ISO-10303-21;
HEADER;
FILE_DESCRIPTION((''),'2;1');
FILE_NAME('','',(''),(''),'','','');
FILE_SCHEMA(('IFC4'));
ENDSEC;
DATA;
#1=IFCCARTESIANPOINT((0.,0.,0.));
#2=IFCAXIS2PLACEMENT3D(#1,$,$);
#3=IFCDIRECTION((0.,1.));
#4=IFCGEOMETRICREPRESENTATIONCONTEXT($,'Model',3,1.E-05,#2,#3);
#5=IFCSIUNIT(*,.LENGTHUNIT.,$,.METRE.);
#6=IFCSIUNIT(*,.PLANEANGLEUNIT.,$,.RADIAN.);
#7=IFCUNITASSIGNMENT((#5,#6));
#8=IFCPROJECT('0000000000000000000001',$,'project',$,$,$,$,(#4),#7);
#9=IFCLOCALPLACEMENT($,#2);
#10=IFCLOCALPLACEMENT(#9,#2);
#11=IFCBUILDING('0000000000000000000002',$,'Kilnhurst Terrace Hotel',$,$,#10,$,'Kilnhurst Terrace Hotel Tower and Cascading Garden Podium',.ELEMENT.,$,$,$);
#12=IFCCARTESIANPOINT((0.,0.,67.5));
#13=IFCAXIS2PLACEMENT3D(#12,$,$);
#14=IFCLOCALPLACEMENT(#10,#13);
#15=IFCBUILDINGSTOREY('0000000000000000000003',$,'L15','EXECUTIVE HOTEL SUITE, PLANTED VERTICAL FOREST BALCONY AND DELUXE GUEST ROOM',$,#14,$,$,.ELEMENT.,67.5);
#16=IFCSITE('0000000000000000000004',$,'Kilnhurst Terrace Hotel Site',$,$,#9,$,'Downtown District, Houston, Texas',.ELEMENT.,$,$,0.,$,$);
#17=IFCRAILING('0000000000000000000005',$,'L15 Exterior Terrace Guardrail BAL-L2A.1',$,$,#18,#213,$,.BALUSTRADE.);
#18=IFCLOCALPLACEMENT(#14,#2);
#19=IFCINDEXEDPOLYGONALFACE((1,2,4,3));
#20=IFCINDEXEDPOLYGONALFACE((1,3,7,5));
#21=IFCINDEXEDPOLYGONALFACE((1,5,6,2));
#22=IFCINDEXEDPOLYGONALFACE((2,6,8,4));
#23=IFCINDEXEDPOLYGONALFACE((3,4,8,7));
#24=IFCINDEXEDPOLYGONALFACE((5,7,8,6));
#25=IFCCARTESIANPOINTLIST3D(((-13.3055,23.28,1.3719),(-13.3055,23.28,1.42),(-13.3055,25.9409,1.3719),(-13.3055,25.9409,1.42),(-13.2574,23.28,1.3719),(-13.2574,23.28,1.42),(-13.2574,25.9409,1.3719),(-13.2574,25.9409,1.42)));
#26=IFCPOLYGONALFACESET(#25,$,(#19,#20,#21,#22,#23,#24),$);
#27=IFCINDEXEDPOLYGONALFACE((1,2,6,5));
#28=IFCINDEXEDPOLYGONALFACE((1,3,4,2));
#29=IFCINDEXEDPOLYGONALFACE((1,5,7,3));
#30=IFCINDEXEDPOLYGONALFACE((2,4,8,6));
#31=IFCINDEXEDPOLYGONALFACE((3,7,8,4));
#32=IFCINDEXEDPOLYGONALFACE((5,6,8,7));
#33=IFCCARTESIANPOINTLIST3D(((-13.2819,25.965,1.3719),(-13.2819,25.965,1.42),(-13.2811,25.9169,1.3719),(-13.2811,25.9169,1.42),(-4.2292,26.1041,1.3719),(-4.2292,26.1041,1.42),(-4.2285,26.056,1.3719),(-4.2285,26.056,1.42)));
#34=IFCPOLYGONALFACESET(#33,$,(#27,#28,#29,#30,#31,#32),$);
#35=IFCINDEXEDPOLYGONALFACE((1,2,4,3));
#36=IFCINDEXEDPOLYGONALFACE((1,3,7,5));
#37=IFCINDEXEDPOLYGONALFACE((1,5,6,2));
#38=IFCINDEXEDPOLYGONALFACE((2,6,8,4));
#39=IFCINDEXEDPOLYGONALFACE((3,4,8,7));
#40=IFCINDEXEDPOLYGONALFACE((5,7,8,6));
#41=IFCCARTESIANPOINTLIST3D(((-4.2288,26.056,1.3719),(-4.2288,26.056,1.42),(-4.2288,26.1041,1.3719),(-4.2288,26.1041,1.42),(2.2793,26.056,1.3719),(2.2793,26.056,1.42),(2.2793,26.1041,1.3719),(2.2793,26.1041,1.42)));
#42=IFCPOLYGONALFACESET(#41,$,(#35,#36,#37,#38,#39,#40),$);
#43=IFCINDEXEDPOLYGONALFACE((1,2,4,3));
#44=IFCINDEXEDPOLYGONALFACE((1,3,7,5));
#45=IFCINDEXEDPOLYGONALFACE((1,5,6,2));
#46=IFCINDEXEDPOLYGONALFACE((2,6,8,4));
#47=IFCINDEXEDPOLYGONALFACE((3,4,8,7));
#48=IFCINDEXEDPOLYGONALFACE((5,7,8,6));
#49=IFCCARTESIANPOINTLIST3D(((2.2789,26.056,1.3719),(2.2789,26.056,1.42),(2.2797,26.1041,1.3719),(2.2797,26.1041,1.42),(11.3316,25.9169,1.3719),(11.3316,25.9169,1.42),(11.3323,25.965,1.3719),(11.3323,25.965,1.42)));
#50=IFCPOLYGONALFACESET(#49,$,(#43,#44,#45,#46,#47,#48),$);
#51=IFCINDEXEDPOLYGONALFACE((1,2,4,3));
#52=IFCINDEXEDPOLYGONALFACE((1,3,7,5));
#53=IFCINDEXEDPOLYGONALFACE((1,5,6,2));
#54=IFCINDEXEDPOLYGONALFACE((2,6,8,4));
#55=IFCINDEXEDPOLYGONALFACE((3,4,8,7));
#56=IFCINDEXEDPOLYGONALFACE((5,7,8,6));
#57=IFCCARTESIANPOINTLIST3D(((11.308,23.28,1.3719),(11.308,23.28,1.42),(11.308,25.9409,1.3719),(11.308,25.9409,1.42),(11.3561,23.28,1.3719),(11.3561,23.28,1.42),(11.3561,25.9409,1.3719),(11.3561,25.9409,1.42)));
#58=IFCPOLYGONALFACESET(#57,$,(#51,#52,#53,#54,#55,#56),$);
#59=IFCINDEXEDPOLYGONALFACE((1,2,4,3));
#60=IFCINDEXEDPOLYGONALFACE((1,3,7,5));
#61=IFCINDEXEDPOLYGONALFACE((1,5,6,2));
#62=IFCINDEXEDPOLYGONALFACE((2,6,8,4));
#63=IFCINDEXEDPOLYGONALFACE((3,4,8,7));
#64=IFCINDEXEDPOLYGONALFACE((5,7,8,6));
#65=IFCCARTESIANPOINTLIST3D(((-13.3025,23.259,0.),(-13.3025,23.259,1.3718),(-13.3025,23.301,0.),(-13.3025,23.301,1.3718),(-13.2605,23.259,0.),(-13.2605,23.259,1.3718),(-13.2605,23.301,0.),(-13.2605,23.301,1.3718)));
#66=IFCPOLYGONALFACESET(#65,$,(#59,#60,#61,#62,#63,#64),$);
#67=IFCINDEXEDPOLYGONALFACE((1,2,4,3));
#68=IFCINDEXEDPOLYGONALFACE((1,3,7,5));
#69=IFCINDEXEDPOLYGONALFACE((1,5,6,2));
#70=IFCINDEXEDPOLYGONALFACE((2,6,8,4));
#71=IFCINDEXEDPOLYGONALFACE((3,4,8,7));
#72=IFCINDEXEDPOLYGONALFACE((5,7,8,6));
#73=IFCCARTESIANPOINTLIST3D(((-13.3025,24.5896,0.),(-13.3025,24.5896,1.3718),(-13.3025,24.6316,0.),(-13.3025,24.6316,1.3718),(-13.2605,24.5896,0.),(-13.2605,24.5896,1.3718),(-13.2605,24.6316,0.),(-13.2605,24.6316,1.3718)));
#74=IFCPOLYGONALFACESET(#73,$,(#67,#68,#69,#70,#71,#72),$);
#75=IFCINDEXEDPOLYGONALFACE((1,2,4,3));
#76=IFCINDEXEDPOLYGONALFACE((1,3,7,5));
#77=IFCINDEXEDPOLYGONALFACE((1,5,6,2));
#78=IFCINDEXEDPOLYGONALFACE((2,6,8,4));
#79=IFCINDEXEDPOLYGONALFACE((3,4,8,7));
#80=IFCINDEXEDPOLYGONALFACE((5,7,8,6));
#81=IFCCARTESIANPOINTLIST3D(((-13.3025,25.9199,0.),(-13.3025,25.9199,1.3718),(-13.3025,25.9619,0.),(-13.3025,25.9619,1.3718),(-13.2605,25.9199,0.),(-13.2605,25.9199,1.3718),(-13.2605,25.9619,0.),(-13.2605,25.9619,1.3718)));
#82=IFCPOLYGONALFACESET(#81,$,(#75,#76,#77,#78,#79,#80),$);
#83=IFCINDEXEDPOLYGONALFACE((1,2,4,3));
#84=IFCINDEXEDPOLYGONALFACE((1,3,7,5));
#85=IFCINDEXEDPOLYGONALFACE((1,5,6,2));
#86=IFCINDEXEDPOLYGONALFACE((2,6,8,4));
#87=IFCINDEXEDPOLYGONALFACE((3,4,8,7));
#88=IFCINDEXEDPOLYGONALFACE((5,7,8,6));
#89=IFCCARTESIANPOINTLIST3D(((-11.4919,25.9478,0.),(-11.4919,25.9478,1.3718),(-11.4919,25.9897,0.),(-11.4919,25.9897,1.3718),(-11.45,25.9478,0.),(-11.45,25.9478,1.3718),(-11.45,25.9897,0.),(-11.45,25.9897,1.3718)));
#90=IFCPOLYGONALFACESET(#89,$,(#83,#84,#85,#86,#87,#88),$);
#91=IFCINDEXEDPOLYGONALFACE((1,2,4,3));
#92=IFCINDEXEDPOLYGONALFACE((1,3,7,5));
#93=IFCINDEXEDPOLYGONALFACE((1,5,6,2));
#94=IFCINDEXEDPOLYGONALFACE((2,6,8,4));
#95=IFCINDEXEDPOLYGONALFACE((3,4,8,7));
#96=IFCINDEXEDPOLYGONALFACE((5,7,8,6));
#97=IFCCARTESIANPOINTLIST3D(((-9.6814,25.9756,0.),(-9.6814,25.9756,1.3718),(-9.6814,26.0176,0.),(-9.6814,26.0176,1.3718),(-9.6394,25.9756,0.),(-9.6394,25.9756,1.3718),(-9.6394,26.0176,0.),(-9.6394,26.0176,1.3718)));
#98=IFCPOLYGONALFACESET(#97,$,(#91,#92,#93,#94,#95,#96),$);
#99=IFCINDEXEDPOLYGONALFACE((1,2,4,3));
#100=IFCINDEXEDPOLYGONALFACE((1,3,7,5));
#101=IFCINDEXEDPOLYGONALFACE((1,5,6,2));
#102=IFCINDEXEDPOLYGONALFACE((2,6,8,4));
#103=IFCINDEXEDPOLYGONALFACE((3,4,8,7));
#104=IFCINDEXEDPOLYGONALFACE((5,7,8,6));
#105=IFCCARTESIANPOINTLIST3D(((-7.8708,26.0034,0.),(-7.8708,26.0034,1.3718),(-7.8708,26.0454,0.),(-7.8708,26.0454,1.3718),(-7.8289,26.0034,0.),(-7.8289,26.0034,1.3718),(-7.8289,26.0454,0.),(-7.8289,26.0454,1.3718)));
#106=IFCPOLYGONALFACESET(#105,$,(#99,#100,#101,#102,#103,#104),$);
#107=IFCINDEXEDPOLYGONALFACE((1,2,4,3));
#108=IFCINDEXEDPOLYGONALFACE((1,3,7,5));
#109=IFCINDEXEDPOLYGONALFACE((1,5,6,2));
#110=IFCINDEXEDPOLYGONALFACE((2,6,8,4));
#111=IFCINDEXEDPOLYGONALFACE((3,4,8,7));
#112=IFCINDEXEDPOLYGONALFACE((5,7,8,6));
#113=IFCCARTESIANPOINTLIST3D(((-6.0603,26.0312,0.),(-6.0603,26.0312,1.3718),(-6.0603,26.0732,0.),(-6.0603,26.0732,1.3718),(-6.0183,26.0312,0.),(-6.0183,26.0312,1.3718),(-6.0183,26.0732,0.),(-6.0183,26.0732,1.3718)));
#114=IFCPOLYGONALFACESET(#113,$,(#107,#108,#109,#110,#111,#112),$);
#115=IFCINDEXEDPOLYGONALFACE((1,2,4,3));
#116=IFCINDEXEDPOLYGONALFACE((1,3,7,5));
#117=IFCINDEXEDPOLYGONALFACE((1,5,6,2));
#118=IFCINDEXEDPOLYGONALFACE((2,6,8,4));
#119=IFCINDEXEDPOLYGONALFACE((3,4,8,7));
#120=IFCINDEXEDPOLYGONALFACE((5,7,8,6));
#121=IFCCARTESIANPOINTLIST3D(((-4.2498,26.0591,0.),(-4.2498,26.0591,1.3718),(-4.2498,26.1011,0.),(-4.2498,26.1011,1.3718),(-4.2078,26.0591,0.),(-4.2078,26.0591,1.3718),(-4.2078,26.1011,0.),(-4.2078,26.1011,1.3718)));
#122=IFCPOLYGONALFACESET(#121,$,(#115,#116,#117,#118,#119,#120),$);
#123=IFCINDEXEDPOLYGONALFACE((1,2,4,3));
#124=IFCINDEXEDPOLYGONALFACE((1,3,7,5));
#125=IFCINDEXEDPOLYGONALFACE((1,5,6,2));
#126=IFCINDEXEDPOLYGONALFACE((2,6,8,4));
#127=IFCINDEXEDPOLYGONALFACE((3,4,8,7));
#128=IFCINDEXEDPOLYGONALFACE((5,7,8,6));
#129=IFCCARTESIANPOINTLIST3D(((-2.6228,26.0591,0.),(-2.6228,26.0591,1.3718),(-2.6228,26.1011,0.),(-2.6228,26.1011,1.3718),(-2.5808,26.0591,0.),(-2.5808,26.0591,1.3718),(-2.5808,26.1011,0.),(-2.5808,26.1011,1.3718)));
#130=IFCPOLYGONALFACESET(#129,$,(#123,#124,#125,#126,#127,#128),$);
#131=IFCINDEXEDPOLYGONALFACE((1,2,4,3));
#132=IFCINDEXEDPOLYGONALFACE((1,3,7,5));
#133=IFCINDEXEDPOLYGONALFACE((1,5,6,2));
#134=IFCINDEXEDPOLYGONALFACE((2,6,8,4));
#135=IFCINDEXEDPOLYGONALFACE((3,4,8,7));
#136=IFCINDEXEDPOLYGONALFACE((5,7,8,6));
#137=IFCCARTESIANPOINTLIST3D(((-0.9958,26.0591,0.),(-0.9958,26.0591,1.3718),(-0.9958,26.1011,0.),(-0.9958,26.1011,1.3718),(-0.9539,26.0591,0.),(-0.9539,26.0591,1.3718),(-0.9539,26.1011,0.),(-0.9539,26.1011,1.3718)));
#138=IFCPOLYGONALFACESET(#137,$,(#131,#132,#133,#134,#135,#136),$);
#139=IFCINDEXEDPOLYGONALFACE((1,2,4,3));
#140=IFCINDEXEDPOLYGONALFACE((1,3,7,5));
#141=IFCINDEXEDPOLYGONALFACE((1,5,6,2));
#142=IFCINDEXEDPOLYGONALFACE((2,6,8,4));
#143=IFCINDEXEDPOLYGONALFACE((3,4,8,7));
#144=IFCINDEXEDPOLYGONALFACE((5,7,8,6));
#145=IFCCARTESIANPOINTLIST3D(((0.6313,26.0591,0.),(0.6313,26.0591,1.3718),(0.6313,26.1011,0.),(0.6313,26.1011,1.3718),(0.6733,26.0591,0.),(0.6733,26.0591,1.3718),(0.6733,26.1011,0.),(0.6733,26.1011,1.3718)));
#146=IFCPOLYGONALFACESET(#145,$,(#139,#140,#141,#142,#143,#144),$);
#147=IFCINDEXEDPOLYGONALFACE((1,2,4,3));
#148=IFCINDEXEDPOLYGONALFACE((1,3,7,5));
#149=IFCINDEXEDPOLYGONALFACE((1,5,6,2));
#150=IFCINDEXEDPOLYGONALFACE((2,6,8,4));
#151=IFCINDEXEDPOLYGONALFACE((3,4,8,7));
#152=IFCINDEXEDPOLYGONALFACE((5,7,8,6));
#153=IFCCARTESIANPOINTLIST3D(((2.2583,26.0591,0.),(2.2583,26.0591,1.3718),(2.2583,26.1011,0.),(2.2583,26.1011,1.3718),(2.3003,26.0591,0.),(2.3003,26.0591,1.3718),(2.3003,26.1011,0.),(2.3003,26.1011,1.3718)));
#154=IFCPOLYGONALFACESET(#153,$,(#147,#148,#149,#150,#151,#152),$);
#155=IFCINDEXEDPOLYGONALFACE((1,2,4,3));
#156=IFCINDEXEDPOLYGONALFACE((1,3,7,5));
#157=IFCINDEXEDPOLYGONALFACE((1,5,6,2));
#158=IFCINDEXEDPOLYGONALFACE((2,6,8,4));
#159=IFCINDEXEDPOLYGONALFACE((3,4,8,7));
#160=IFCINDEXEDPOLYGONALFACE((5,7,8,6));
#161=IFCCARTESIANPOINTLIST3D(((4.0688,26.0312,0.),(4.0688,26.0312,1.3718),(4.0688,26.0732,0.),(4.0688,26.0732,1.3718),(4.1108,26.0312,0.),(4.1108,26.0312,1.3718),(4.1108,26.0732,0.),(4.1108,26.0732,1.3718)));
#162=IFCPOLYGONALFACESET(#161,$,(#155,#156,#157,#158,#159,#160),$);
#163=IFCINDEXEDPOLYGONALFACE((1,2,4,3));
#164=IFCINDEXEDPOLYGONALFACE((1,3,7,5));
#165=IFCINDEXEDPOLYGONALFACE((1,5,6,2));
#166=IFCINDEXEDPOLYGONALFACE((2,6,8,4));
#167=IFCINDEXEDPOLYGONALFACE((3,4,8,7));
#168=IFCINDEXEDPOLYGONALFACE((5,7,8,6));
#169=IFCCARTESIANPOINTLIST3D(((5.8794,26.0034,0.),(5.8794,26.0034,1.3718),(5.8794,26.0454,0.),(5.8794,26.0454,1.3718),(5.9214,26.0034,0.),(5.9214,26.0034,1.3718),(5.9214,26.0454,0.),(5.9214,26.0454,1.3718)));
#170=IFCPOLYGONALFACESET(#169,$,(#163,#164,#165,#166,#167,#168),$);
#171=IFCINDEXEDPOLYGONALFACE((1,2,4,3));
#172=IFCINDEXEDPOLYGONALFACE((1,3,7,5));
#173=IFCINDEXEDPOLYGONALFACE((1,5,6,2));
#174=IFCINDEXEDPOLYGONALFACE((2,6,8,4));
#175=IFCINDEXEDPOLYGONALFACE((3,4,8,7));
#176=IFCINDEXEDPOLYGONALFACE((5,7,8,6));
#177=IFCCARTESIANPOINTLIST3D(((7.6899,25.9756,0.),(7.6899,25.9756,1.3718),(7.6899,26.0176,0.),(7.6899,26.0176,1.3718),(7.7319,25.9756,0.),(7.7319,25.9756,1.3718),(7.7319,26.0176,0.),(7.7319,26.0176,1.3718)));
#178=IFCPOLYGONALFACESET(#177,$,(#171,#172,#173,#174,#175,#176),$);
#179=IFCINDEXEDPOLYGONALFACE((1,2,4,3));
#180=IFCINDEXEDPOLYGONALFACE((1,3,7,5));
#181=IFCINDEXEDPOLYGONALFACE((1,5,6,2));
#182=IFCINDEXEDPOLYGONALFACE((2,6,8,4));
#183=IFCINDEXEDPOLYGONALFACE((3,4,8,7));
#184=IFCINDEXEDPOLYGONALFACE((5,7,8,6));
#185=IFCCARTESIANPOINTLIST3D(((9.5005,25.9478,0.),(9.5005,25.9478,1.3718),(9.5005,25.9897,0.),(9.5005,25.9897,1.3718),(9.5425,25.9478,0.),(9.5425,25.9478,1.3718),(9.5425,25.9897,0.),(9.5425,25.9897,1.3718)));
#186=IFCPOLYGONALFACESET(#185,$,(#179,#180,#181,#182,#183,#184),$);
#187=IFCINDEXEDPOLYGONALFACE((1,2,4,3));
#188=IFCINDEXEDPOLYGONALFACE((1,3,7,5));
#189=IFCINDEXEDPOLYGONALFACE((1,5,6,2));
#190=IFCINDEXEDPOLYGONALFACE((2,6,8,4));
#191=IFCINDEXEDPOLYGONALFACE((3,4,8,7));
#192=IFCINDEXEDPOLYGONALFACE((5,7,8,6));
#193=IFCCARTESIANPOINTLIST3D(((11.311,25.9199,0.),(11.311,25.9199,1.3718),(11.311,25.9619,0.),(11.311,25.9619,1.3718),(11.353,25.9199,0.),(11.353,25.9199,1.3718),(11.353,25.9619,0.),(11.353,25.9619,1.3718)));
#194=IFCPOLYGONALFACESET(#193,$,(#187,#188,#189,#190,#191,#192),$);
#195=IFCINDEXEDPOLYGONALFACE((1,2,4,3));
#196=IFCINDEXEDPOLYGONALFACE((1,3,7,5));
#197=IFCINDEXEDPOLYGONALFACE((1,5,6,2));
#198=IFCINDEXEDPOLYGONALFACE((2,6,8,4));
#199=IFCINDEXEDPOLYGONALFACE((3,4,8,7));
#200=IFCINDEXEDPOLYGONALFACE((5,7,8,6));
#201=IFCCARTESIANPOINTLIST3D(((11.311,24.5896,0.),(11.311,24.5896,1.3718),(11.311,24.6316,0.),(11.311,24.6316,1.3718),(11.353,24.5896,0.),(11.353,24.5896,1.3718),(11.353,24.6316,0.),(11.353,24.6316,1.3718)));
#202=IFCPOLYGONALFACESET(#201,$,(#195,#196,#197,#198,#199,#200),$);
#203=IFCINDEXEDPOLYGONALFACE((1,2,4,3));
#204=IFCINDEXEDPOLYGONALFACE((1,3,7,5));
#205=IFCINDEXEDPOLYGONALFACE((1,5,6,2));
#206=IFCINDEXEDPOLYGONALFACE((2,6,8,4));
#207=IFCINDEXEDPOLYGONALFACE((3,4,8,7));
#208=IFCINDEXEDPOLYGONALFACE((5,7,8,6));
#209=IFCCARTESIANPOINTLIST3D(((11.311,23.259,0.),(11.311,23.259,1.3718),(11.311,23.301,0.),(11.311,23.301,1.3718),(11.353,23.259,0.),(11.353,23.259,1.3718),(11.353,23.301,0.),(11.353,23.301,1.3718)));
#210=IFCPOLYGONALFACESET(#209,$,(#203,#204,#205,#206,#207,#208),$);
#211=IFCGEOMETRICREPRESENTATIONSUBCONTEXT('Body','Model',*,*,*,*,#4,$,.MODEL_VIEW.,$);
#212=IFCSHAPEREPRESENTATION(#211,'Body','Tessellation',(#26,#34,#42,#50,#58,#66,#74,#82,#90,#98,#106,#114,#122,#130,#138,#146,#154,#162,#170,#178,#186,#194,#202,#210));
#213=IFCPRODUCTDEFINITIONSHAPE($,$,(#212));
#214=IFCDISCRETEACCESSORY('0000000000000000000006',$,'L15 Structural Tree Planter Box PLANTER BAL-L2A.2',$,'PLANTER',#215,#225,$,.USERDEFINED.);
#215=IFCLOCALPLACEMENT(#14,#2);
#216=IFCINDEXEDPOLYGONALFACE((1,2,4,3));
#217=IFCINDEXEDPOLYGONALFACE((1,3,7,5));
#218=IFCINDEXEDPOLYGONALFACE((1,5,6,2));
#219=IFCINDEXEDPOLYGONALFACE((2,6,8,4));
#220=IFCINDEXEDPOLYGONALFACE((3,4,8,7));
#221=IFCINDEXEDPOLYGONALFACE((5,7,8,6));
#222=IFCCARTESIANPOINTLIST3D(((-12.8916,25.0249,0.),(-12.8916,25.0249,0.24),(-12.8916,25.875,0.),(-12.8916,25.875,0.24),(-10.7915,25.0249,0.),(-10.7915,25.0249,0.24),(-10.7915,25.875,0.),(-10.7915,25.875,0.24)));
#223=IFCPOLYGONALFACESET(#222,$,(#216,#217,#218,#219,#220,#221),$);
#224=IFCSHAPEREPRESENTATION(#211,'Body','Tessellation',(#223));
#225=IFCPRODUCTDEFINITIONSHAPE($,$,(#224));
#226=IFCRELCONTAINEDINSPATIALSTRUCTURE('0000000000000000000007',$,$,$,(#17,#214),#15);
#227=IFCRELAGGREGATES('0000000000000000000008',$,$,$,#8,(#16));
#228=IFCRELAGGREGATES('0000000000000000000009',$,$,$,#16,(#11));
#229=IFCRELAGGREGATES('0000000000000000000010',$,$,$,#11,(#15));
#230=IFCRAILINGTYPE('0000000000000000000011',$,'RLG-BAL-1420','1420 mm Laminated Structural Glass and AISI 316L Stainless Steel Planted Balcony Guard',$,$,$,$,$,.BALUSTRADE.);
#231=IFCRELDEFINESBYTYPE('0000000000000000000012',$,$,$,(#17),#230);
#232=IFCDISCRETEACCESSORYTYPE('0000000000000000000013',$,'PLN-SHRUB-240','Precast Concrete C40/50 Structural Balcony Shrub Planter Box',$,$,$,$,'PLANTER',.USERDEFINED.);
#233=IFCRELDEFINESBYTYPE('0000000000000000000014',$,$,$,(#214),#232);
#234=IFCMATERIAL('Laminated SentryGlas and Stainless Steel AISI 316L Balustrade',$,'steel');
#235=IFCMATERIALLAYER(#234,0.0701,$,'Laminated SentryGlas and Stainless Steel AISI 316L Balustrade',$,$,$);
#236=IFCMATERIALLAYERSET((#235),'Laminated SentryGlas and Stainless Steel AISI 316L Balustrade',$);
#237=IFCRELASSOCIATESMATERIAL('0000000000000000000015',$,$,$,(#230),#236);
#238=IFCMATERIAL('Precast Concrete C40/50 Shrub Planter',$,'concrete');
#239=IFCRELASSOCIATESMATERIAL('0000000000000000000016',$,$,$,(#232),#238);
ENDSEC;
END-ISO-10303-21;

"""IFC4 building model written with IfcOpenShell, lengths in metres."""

from ifc_helpers import new_model, si_unit, direction, frame, origin, origin_2d, place, context, subcontext, project, spatial, rectangle, extrude, material, layer, layer_set, type_object, element, save


model = new_model("IFC4")

# Units and contexts
model_context = context("Model", 3, precision=1e-05, world=origin(), true_north=direction((0.0, 1.0)))
body_context = subcontext(model_context, "Body", "Model", "MODEL_VIEW")
ifc_project = project(units=[si_unit("LENGTHUNIT", "METRE"), si_unit("PLANEANGLEUNIT", "RADIAN")], contexts=[model_context])

# Site, building, storey
site_placement = place(None, origin())
site = spatial("IfcSite", under=ifc_project, at=site_placement, Name="Kilnhurst Terrace Hotel Site", LongName="Downtown District, Houston, Texas", CompositionType="ELEMENT", RefElevation=0.0)
building_placement = place(site_placement, origin())
building = spatial("IfcBuilding", under=site, at=building_placement, Name="Kilnhurst Terrace Hotel", LongName="Kilnhurst Terrace Hotel Tower and Cascading Garden Podium", CompositionType="ELEMENT")
storey_placement = place(building_placement, frame((0.0, 0.0, 67.5)))
storey = spatial("IfcBuildingStorey", under=building, at=storey_placement, Name="L15", Description="EXECUTIVE HOTEL SUITE, PLANTED VERTICAL FOREST BALCONY AND DELUXE GUEST ROOM", CompositionType="ELEMENT", Elevation=67.5)

# Railing
ifc_material_1 = material(Name="Laminated SentryGlas and Stainless Steel AISI 316L Balustrade", Category="steel")
ifc_layer_1 = layer(ifc_material_1, 0.0701, Name="Laminated SentryGlas and Stainless Steel AISI 316L Balustrade")
ifc_layer_set_1 = layer_set([ifc_layer_1], Name="Laminated SentryGlas and Stainless Steel AISI 316L Balustrade")
railing_type = type_object("IfcRailingType", Name="RLG-BAL-1420", Description="1420 mm Laminated Structural Glass and AISI 316L Stainless Steel Planted Balcony Guard", PredefinedType="BALUSTRADE", material=ifc_layer_set_1)
railing_placement = place(storey_placement, frame((-13.2815, 23.28, 0.0)))
element("IfcRailing", 1, at=railing_placement, inside=storey, type_object=railing_type, Name="L15 Exterior Terrace Guardrail BAL-L2A.1", PredefinedType="BALUSTRADE", context=body_context, shape_type="SweptSolid", body=[
    extrude(rectangle(XDim=0.0481, YDim=0.0481, at=origin_2d()), frame((0.0, 0.0, 1.396), z_axis=(0.0, 1.0, 0.0), x_axis=(-1.0, 0.0, 0.0)), (0.0, 0.0, 1.0), 2.6609),
    extrude(rectangle(XDim=0.0481, YDim=0.0481, at=origin_2d()), frame((0.0, 2.6609, 1.396), z_axis=(0.999882, 0.01537, 0.0), x_axis=(-0.01537, 0.999882, 0.0)), (0.0, 0.0, 1.0), 9.0537),
    extrude(rectangle(XDim=0.0481, YDim=0.0481, at=origin_2d()), frame((9.0527, 2.8, 1.396), z_axis=(1.0, 0.0, 0.0), x_axis=(0.0, 1.0, 0.0)), (0.0, 0.0, 1.0), 6.5081),
    extrude(rectangle(XDim=0.0481, YDim=0.0481, at=origin_2d()), frame((15.5608, 2.8, 1.396), z_axis=(0.999882, -0.01537, 0.0), x_axis=(0.01537, 0.999882, 0.0)), (0.0, 0.0, 1.0), 9.0537),
    extrude(rectangle(XDim=0.0481, YDim=0.0481, at=origin_2d()), frame((24.6135, 2.6609, 1.396), z_axis=(0.0, -1.0, 0.0), x_axis=(1.0, 0.0, 0.0)), (0.0, 0.0, 1.0), 2.6609),
    extrude(rectangle(XDim=0.042, YDim=0.042, at=origin_2d()), origin(), (0.0, 0.0, 1.0), 1.3718),
    extrude(rectangle(XDim=0.042, YDim=0.042, at=origin_2d()), frame((0.0, 1.3306, 0.0)), (0.0, 0.0, 1.0), 1.3718),
    extrude(rectangle(XDim=0.042, YDim=0.042, at=origin_2d()), frame((0.0, 2.6609, 0.0)), (0.0, 0.0, 1.0), 1.3718),
    extrude(rectangle(XDim=0.042, YDim=0.042, at=origin_2d()), frame((1.8105, 2.6887, 0.0)), (0.0, 0.0, 1.0), 1.3718),
    extrude(rectangle(XDim=0.042, YDim=0.042, at=origin_2d()), frame((3.6211, 2.7166, 0.0)), (0.0, 0.0, 1.0), 1.3718),
    extrude(rectangle(XDim=0.042, YDim=0.042, at=origin_2d()), frame((5.4316, 2.7444, 0.0)), (0.0, 0.0, 1.0), 1.3718),
    extrude(rectangle(XDim=0.042, YDim=0.042, at=origin_2d()), frame((7.2422, 2.7722, 0.0)), (0.0, 0.0, 1.0), 1.3718),
    extrude(rectangle(XDim=0.042, YDim=0.042, at=origin_2d()), frame((9.0527, 2.8, 0.0)), (0.0, 0.0, 1.0), 1.3718),
    extrude(rectangle(XDim=0.042, YDim=0.042, at=origin_2d()), frame((10.6797, 2.8, 0.0)), (0.0, 0.0, 1.0), 1.3718),
    extrude(rectangle(XDim=0.042, YDim=0.042, at=origin_2d()), frame((12.3066, 2.8, 0.0)), (0.0, 0.0, 1.0), 1.3718),
    extrude(rectangle(XDim=0.042, YDim=0.042, at=origin_2d()), frame((13.9338, 2.8, 0.0)), (0.0, 0.0, 1.0), 1.3718),
    extrude(rectangle(XDim=0.042, YDim=0.042, at=origin_2d()), frame((15.5608, 2.8, 0.0)), (0.0, 0.0, 1.0), 1.3718),
    extrude(rectangle(XDim=0.042, YDim=0.042, at=origin_2d()), frame((17.3713, 2.7722, 0.0)), (0.0, 0.0, 1.0), 1.3718),
    extrude(rectangle(XDim=0.042, YDim=0.042, at=origin_2d()), frame((19.1819, 2.7444, 0.0)), (0.0, 0.0, 1.0), 1.3718),
    extrude(rectangle(XDim=0.042, YDim=0.042, at=origin_2d()), frame((20.9924, 2.7166, 0.0)), (0.0, 0.0, 1.0), 1.3718),
    extrude(rectangle(XDim=0.042, YDim=0.042, at=origin_2d()), frame((22.803, 2.6887, 0.0)), (0.0, 0.0, 1.0), 1.3718),
    extrude(rectangle(XDim=0.042, YDim=0.042, at=origin_2d()), frame((24.6135, 2.6609, 0.0)), (0.0, 0.0, 1.0), 1.3718),
    extrude(rectangle(XDim=0.042, YDim=0.042, at=origin_2d()), frame((24.6135, 1.3306, 0.0)), (0.0, 0.0, 1.0), 1.3718),
    extrude(rectangle(XDim=0.042, YDim=0.042, at=origin_2d()), frame((24.6135, 0.0, 0.0)), (0.0, 0.0, 1.0), 1.3718),
])

# Discrete accessory
ifc_material_2 = material(Name="Precast Concrete C40/50 Shrub Planter", Category="concrete")
discrete_accessory_type_1 = type_object("IfcDiscreteAccessoryType", Name="PLN-SHRUB-240", Description="Precast Concrete C40/50 Structural Balcony Shrub Planter Box", ElementType="PLANTER", PredefinedType="USERDEFINED", material=ifc_material_2)
discrete_accessory_1_placement = place(storey_placement, frame((-11.8416, 25.45, 0.0), z_axis=(0.0, 0.0, 1.0), x_axis=(-1.0, 0.0, 0.0)))
element("IfcDiscreteAccessory", 2, at=discrete_accessory_1_placement, inside=storey, type_object=discrete_accessory_type_1, Name="L15 Structural Tree Planter Box PLANTER BAL-L2A.2", ObjectType="PLANTER", PredefinedType="USERDEFINED", context=body_context, shape_type="SweptSolid", body=[
    extrude(rectangle(XDim=2.1001, YDim=0.8501, at=origin_2d()), origin(), (0.0, 0.0, 1.0), 0.24),
])

save(model, "model.ifc")
